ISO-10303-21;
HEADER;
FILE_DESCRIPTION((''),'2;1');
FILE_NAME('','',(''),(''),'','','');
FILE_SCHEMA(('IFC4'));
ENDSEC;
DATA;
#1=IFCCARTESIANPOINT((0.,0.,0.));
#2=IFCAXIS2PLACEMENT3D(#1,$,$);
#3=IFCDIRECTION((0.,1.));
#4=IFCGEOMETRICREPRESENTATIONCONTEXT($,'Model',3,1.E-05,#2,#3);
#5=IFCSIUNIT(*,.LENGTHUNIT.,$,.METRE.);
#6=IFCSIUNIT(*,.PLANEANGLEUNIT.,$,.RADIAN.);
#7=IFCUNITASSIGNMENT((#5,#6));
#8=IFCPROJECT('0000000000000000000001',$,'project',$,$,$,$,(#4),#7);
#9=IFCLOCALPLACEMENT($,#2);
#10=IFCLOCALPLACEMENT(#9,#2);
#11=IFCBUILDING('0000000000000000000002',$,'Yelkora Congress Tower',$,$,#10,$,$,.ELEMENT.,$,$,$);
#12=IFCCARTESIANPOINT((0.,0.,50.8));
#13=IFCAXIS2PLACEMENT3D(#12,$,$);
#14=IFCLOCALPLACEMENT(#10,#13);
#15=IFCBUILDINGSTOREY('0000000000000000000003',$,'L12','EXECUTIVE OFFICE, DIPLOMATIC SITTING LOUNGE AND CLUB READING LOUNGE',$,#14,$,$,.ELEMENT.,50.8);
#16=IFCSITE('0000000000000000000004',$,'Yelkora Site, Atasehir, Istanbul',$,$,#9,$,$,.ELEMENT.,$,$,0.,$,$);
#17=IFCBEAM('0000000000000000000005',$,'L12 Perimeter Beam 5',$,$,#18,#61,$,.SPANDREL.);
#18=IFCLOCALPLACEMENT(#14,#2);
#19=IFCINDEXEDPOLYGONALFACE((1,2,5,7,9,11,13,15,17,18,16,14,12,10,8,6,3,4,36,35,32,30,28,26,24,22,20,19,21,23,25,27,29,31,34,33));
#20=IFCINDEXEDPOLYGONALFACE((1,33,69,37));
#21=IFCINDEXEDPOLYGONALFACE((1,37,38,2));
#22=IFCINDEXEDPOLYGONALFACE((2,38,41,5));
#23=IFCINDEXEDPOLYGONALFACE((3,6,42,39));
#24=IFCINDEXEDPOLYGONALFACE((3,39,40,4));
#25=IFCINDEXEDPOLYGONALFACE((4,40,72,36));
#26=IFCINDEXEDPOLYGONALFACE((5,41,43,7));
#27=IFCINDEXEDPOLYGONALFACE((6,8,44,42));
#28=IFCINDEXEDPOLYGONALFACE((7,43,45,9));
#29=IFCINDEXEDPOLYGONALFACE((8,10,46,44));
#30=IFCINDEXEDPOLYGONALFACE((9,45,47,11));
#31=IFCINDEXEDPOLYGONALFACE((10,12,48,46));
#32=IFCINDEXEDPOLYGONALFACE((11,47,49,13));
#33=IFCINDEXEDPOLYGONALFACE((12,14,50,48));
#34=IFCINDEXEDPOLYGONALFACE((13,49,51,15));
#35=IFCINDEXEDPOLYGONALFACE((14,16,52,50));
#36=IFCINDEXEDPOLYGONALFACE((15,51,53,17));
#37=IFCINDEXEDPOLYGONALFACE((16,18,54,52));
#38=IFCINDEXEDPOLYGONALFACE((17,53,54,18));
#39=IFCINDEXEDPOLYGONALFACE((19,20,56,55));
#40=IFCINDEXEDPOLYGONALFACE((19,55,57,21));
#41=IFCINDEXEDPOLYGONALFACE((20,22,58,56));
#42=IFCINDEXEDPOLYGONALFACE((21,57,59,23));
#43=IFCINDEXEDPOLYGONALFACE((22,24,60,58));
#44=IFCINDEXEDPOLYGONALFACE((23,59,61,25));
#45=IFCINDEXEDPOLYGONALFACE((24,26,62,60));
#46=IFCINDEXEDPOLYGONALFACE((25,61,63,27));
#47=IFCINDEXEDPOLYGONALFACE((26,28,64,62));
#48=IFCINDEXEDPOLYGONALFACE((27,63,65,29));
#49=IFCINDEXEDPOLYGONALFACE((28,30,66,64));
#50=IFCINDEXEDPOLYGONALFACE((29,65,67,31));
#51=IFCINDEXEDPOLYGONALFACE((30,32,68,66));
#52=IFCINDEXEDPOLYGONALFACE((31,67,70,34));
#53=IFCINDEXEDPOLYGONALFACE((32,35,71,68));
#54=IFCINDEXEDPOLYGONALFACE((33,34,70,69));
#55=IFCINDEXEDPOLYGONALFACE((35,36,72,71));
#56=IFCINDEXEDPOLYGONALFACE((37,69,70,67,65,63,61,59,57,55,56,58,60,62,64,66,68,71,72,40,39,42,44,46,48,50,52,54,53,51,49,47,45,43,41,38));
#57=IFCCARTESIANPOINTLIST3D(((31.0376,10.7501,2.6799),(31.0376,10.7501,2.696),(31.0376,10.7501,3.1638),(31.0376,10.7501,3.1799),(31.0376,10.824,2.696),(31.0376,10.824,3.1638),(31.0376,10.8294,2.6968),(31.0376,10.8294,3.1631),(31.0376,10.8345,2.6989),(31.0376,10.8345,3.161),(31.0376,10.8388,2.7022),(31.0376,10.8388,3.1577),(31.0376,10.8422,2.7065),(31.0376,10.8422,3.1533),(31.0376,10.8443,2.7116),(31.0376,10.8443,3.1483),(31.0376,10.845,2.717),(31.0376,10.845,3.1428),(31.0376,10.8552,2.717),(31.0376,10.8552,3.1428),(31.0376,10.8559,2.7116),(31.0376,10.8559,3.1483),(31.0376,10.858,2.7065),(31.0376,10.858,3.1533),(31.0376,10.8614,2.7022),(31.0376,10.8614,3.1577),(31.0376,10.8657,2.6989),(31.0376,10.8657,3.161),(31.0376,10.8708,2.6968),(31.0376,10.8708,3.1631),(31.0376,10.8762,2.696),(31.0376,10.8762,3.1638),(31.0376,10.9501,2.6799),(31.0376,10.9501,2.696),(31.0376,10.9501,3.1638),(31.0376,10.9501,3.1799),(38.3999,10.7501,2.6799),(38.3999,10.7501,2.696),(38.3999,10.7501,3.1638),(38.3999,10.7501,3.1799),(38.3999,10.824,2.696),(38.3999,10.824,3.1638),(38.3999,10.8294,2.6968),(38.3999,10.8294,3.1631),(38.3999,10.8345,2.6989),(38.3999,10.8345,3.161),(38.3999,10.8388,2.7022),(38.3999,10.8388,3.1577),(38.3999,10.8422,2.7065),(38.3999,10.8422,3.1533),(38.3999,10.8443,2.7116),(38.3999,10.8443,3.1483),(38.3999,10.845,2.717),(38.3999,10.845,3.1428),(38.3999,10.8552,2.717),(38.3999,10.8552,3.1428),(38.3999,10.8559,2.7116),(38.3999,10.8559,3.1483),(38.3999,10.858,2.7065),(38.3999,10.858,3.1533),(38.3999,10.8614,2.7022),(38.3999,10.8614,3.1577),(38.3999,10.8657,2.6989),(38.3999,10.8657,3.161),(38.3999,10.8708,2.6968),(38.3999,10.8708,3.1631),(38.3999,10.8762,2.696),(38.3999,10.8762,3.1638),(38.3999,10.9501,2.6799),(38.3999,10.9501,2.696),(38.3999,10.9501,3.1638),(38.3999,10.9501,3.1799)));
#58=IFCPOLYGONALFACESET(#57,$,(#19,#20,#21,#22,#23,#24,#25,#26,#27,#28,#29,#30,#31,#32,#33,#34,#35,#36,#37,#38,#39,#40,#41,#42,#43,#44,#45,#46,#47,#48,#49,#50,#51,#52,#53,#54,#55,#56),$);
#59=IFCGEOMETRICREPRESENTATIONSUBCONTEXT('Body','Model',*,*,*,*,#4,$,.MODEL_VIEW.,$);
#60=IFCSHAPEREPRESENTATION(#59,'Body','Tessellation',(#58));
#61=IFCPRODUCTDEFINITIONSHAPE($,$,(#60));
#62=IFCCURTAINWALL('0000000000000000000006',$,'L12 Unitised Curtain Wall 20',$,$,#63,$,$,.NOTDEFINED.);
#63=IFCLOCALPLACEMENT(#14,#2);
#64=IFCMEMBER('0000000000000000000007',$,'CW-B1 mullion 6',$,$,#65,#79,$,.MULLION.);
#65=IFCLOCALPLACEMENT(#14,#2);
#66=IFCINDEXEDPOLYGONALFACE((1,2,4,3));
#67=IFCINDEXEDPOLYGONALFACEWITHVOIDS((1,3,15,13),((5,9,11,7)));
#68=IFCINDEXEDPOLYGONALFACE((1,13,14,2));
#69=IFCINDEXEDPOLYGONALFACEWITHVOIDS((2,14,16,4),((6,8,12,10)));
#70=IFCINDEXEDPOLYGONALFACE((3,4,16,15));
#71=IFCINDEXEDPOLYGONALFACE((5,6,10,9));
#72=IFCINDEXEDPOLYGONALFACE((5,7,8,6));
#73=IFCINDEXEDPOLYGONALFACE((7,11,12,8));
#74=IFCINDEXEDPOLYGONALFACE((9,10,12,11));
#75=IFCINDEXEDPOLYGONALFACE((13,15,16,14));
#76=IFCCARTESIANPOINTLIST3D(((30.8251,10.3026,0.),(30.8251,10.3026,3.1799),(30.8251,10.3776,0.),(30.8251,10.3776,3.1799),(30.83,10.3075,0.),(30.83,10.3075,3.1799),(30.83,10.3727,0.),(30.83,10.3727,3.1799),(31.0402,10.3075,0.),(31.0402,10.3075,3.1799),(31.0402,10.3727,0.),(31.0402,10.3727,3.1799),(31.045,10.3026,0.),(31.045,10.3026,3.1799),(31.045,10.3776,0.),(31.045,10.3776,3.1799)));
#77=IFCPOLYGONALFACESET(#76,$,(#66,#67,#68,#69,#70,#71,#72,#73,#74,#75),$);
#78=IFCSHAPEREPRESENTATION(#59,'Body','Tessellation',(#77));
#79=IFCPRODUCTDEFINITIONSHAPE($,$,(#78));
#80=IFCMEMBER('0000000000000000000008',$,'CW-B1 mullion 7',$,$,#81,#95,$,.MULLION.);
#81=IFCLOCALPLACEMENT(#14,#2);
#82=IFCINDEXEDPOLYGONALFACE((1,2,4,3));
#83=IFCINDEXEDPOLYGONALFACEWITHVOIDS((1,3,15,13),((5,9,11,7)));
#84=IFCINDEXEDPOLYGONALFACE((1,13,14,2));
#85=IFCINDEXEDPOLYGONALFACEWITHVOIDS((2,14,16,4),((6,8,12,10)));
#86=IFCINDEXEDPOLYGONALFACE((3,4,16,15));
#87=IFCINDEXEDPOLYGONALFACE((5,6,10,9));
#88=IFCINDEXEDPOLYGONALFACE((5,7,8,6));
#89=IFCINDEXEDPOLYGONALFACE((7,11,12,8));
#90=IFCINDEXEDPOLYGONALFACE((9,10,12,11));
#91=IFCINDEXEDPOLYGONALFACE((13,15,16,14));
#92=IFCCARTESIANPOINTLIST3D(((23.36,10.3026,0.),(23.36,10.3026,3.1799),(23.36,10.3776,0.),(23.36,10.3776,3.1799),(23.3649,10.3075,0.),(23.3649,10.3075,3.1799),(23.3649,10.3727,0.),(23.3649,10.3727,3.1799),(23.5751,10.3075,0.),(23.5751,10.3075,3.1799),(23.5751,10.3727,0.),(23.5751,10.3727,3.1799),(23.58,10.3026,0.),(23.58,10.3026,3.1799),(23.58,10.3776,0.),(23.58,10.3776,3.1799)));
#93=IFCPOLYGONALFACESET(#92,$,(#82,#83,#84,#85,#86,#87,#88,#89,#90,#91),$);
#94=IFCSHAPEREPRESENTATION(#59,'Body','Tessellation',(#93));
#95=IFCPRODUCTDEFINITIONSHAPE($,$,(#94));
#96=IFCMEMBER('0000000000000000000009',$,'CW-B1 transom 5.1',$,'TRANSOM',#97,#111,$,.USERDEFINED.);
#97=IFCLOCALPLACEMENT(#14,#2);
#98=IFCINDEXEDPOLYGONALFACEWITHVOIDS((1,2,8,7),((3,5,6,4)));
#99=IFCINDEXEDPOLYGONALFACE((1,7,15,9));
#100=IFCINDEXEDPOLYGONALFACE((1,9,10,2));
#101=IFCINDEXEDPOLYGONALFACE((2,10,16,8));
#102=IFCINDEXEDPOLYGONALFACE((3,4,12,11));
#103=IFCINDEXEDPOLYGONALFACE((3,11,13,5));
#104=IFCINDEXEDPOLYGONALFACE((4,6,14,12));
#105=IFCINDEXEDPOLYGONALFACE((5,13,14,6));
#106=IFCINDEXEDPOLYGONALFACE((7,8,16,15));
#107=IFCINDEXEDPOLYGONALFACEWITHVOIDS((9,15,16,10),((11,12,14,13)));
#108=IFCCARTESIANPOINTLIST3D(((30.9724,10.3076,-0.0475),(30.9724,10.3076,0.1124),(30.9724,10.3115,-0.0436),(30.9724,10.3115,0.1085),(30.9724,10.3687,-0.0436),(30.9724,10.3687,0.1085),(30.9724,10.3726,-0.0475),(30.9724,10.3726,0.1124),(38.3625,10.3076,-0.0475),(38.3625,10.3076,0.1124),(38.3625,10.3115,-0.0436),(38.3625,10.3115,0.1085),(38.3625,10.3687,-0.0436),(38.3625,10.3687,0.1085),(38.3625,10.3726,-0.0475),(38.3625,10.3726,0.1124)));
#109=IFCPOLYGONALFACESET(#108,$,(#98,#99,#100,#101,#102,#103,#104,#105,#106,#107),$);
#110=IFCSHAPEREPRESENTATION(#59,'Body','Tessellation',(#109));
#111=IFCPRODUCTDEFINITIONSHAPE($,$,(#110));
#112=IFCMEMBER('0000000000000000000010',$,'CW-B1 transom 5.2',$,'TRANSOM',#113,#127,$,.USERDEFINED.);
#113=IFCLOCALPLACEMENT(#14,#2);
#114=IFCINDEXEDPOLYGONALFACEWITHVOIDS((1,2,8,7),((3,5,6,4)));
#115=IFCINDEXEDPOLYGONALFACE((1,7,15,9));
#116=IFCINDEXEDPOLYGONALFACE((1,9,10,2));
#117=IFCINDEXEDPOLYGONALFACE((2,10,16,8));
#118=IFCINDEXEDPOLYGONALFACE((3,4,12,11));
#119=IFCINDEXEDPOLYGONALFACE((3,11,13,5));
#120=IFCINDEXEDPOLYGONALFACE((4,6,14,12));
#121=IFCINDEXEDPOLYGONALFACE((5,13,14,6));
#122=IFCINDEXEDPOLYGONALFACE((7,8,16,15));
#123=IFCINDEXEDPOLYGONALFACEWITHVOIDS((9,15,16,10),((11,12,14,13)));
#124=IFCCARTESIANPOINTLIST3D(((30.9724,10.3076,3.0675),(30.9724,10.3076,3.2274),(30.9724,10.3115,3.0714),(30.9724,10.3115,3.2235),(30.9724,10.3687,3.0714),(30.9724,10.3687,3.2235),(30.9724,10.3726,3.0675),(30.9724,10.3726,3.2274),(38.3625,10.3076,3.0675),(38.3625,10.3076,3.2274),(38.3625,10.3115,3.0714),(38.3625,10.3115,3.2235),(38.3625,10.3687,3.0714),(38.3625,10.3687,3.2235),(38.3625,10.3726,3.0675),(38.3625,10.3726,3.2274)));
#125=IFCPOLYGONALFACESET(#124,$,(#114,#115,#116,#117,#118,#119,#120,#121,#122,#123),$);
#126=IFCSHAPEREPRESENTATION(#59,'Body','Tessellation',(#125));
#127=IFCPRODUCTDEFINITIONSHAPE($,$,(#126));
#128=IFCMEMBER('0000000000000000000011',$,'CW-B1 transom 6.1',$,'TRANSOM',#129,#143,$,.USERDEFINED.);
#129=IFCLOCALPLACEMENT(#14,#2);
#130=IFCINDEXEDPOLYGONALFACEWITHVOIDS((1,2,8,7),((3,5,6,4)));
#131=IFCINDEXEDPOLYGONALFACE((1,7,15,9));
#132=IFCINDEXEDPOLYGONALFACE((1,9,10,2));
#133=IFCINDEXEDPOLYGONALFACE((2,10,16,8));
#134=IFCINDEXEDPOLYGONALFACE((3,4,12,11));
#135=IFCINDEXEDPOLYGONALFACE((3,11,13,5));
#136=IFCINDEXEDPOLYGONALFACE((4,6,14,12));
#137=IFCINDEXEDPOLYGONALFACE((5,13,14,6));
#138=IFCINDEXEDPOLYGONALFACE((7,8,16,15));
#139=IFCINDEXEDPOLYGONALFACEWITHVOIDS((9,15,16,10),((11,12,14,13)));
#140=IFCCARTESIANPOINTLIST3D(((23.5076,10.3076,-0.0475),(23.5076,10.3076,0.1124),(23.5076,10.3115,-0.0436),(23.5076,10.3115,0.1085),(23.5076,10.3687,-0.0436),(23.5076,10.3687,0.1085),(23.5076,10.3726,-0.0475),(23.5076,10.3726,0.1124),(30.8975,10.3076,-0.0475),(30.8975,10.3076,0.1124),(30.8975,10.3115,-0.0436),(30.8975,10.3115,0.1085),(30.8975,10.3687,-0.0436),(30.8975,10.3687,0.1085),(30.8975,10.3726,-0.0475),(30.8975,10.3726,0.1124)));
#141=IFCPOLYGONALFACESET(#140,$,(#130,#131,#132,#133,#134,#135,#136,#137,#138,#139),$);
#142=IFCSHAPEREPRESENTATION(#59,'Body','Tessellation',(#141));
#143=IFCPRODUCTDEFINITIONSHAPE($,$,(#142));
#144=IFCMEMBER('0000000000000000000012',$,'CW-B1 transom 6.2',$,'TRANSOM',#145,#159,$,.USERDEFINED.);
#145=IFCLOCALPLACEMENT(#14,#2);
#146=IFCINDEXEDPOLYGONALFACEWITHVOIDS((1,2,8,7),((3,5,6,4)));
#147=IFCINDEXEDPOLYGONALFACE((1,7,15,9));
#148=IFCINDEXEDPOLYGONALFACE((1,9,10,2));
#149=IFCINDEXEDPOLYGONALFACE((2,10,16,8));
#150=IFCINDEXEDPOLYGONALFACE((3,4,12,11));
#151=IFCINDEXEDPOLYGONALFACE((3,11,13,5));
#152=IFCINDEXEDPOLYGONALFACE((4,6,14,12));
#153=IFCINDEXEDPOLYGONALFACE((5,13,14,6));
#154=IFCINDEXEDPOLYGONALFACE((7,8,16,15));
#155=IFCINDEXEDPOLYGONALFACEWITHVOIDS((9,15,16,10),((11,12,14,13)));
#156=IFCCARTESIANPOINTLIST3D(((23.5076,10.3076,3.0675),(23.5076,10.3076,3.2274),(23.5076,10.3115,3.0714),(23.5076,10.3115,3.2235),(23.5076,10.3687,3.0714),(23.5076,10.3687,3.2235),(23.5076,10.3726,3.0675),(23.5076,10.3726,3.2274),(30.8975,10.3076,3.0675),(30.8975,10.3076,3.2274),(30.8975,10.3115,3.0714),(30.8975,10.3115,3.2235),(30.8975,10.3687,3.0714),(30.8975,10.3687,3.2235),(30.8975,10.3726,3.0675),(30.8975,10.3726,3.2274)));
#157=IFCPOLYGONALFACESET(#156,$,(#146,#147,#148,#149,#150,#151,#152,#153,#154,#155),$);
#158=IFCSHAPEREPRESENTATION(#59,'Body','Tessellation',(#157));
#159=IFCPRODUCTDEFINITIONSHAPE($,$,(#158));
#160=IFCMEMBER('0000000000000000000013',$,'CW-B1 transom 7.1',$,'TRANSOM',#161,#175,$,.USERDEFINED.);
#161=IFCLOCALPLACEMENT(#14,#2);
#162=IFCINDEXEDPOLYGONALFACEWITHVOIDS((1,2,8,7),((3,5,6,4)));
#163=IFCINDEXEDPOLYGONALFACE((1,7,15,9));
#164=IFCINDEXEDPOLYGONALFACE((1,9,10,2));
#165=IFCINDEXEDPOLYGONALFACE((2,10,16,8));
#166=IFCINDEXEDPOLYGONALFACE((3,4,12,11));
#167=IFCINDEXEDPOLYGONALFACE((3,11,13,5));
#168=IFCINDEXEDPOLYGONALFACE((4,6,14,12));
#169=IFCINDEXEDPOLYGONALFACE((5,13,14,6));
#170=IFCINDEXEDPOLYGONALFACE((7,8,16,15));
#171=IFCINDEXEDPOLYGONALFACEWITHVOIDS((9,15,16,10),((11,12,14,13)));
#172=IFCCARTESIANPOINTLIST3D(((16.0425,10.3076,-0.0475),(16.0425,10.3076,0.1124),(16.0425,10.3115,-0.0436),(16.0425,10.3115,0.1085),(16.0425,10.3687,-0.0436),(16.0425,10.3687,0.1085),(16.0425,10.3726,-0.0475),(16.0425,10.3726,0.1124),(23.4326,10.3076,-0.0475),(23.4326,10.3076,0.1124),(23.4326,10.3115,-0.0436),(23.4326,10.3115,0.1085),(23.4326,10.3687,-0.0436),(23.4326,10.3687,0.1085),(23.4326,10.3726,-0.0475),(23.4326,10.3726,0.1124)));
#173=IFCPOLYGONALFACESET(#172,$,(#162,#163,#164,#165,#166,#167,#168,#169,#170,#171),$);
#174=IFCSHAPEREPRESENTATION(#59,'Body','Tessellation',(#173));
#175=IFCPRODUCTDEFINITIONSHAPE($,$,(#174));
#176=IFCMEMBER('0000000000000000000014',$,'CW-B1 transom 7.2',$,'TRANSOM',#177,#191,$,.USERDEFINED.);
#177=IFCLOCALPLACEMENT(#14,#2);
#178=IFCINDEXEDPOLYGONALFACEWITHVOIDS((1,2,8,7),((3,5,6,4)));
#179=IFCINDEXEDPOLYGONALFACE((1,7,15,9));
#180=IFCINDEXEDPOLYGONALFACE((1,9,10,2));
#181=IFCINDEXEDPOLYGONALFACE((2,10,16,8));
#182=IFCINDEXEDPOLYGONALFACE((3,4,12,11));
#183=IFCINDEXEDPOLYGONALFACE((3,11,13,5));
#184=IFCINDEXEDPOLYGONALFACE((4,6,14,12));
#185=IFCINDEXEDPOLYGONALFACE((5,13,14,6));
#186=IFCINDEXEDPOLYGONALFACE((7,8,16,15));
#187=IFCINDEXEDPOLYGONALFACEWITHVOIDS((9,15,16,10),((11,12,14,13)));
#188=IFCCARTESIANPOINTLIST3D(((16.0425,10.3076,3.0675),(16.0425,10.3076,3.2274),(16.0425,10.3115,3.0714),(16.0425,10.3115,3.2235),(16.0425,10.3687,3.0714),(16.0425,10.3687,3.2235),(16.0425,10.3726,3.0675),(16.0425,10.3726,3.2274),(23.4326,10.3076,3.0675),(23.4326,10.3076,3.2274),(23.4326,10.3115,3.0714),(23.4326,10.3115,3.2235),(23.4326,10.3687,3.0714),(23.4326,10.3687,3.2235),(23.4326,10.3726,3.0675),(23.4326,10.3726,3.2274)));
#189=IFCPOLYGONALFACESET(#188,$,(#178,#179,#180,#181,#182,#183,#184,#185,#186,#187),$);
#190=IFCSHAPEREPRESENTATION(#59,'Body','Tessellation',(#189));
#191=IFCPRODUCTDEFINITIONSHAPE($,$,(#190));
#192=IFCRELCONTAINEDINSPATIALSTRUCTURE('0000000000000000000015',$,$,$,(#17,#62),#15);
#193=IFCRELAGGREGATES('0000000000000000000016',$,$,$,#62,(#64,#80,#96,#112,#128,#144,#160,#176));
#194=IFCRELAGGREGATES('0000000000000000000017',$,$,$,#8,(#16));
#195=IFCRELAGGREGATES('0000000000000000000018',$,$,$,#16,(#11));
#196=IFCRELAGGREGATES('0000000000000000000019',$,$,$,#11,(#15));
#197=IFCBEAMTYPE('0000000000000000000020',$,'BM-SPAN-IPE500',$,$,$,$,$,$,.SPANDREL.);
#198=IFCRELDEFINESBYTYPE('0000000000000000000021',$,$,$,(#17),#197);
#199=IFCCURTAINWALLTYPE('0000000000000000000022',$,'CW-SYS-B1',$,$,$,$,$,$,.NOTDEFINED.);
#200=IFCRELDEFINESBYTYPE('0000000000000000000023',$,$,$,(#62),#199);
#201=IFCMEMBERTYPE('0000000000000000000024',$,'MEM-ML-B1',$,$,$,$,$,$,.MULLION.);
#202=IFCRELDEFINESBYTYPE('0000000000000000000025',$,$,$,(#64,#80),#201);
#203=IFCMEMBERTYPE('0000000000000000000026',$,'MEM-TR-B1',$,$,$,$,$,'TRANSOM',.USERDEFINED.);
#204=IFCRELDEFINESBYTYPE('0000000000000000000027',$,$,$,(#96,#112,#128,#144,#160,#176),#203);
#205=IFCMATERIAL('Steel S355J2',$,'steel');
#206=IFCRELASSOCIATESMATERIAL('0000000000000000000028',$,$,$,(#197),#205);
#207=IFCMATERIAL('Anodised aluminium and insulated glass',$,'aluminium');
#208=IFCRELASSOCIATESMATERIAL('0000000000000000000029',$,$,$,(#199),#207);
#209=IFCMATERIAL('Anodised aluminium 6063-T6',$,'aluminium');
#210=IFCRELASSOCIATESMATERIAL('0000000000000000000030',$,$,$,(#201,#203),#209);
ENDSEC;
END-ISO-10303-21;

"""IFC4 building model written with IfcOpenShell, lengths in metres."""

from ifc_helpers import new_model, si_unit, direction, frame, origin, origin_2d, place, context, subcontext, project, spatial, hollow_rectangle, i_section, extrude, material, material_profile, profile_set, type_object, element, aggregate, save


model = new_model("IFC4")

# Units and contexts
model_context = context("Model", 3, precision=1e-05, world=origin(), true_north=direction((0.0, 1.0)))
body_context = subcontext(model_context, "Body", "Model", "MODEL_VIEW")
ifc_project = project(units=[si_unit("LENGTHUNIT", "METRE"), si_unit("PLANEANGLEUNIT", "RADIAN")], contexts=[model_context])

# Site, building, storey
site_placement = place(None, origin())
site = spatial("IfcSite", under=ifc_project, at=site_placement, Name="Yelkora Site, Atasehir, Istanbul", CompositionType="ELEMENT", RefElevation=0.0)
building_placement = place(site_placement, origin())
building = spatial("IfcBuilding", under=site, at=building_placement, Name="Yelkora Congress Tower", CompositionType="ELEMENT")
storey_placement = place(building_placement, frame((0.0, 0.0, 50.8)))
storey = spatial("IfcBuildingStorey", under=building, at=storey_placement, Name="L12", Description="EXECUTIVE OFFICE, DIPLOMATIC SITTING LOUNGE AND CLUB READING LOUNGE", CompositionType="ELEMENT", Elevation=50.8)

# Beam
ifc_material_1 = material(Name="Steel S355J2", Category="steel")
ifc_material_profile_1 = material_profile(ifc_material_1, i_section(OverallWidth=0.2, OverallDepth=0.5, WebThickness=0.0103, FlangeThickness=0.0161, FilletRadius=0.021, at=origin_2d()), Name="IPE 500")
ifc_profile_set_1 = profile_set([ifc_material_profile_1], Name="Steel S355J2")
beam_type_1 = type_object("IfcBeamType", Name="BM-SPAN-IPE500", PredefinedType="SPANDREL", material=ifc_profile_set_1)
beam_1_placement = place(storey_placement, frame((31.0376, 10.8501, 2.9299), z_axis=(1.0, 0.0, 0.0), x_axis=(0.0, 1.0, 0.0)))
element("IfcBeam", 1, at=beam_1_placement, inside=storey, type_object=beam_type_1, Name="L12 Perimeter Beam 5", PredefinedType="SPANDREL", context=body_context, shape_type="SweptSolid", body=[
    extrude(i_section(OverallWidth=0.2, OverallDepth=0.5, WebThickness=0.0103, FlangeThickness=0.0161, FilletRadius=0.021, at=origin_2d()), origin(), (0.0, 0.0, 1.0), 7.3623),
])

# Curtain wall, members
ifc_material_2 = material(Name="Anodised aluminium and insulated glass", Category="aluminium")
curtain_wall_type = type_object("IfcCurtainWallType", Name="CW-SYS-B1", PredefinedType="NOTDEFINED", material=ifc_material_2)
curtain_wall_placement = place(storey_placement, origin())
curtain_wall = element("IfcCurtainWall", 2, at=curtain_wall_placement, inside=storey, type_object=curtain_wall_type, Name="L12 Unitised Curtain Wall 20", PredefinedType="NOTDEFINED")
ifc_material_3 = material(Name="Anodised aluminium 6063-T6", Category="aluminium")
ifc_material_profile_2 = material_profile(ifc_material_3, hollow_rectangle(XDim=0.075, YDim=0.22, WallThickness=0.0049, at=origin_2d()), Name="ALU 75x220x5")
ifc_profile_set_2 = profile_set([ifc_material_profile_2], Name="Anodised aluminium 6063-T6")
member_type_1 = type_object("IfcMemberType", Name="MEM-ML-B1", PredefinedType="MULLION", material=ifc_profile_set_2)
member_1_placement = place(storey_placement, frame((30.9351, 10.3401, 0.0), z_axis=(0.0, 0.0, 1.0), x_axis=(0.0, -1.0, 0.0)))
member_1 = element("IfcMember", 3, at=member_1_placement, type_object=member_type_1, Name="CW-B1 mullion 6", PredefinedType="MULLION", context=body_context, shape_type="SweptSolid", body=[
    extrude(hollow_rectangle(XDim=0.075, YDim=0.22, WallThickness=0.0049, at=origin_2d()), origin(), (0.0, 0.0, 1.0), 3.1799),
])
member_2_placement = place(storey_placement, frame((23.47, 10.3401, 0.0), z_axis=(0.0, 0.0, 1.0), x_axis=(0.0, -1.0, 0.0)))
member_2 = element("IfcMember", 4, at=member_2_placement, type_object=member_type_1, Name="CW-B1 mullion 7", PredefinedType="MULLION", context=body_context, shape_type="SweptSolid", body=[
    extrude(hollow_rectangle(XDim=0.075, YDim=0.22, WallThickness=0.0049, at=origin_2d()), origin(), (0.0, 0.0, 1.0), 3.1799),
])
ifc_material_profile_3 = material_profile(ifc_material_3, hollow_rectangle(XDim=0.0649, YDim=0.1599, WallThickness=0.0039, at=origin_2d()), Name="ALU 65x160x4")
ifc_profile_set_3 = profile_set([ifc_material_profile_3], Name="Anodised aluminium 6063-T6")
member_type_2 = type_object("IfcMemberType", Name="MEM-TR-B1", ElementType="TRANSOM", PredefinedType="USERDEFINED", material=ifc_profile_set_3)
member_3_placement = place(storey_placement, frame((38.3625, 10.3401, 0.0325), z_axis=(-1.0, 0.0, 0.0), x_axis=(0.0, -1.0, 0.0)))
member_3 = element("IfcMember", 5, at=member_3_placement, type_object=member_type_2, Name="CW-B1 transom 5.1", ObjectType="TRANSOM", PredefinedType="USERDEFINED", context=body_context, shape_type="SweptSolid", body=[
    extrude(hollow_rectangle(XDim=0.0649, YDim=0.1599, WallThickness=0.0039, at=origin_2d()), origin(), (0.0, 0.0, 1.0), 7.3901),
])
member_4_placement = place(storey_placement, frame((38.3625, 10.3401, 3.1475), z_axis=(-1.0, 0.0, 0.0), x_axis=(0.0, -1.0, 0.0)))
member_4 = element("IfcMember", 6, at=member_4_placement, type_object=member_type_2, Name="CW-B1 transom 5.2", ObjectType="TRANSOM", PredefinedType="USERDEFINED", context=body_context, shape_type="SweptSolid", body=[
    extrude(hollow_rectangle(XDim=0.0649, YDim=0.1599, WallThickness=0.0039, at=origin_2d()), origin(), (0.0, 0.0, 1.0), 7.3901),
])
member_5_placement = place(storey_placement, frame((30.8975, 10.3401, 0.0325), z_axis=(-1.0, 0.0, 0.0), x_axis=(0.0, -1.0, 0.0)))
member_5 = element("IfcMember", 7, at=member_5_placement, type_object=member_type_2, Name="CW-B1 transom 6.1", ObjectType="TRANSOM", PredefinedType="USERDEFINED", context=body_context, shape_type="SweptSolid", body=[
    extrude(hollow_rectangle(XDim=0.0649, YDim=0.1599, WallThickness=0.0039, at=origin_2d()), origin(), (0.0, 0.0, 1.0), 7.3899),
])
member_6_placement = place(storey_placement, frame((30.8975, 10.3401, 3.1475), z_axis=(-1.0, 0.0, 0.0), x_axis=(0.0, -1.0, 0.0)))
member_6 = element("IfcMember", 8, at=member_6_placement, type_object=member_type_2, Name="CW-B1 transom 6.2", ObjectType="TRANSOM", PredefinedType="USERDEFINED", context=body_context, shape_type="SweptSolid", body=[
    extrude(hollow_rectangle(XDim=0.0649, YDim=0.1599, WallThickness=0.0039, at=origin_2d()), origin(), (0.0, 0.0, 1.0), 7.3899),
])
member_7_placement = place(storey_placement, frame((23.4326, 10.3401, 0.0325), z_axis=(-1.0, 0.0, 0.0), x_axis=(0.0, -1.0, 0.0)))
member_7 = element("IfcMember", 9, at=member_7_placement, type_object=member_type_2, Name="CW-B1 transom 7.1", ObjectType="TRANSOM", PredefinedType="USERDEFINED", context=body_context, shape_type="SweptSolid", body=[
    extrude(hollow_rectangle(XDim=0.0649, YDim=0.1599, WallThickness=0.0039, at=origin_2d()), origin(), (0.0, 0.0, 1.0), 7.3901),
])
member_8_placement = place(storey_placement, frame((23.4326, 10.3401, 3.1475), z_axis=(-1.0, 0.0, 0.0), x_axis=(0.0, -1.0, 0.0)))
member_8 = element("IfcMember", 10, at=member_8_placement, type_object=member_type_2, Name="CW-B1 transom 7.2", ObjectType="TRANSOM", PredefinedType="USERDEFINED", context=body_context, shape_type="SweptSolid", body=[
    extrude(hollow_rectangle(XDim=0.0649, YDim=0.1599, WallThickness=0.0039, at=origin_2d()), origin(), (0.0, 0.0, 1.0), 7.3901),
])
aggregate(curtain_wall, [member_1, member_2, member_3, member_4, member_5, member_6, member_7, member_8])

save(model, "model.ifc")
